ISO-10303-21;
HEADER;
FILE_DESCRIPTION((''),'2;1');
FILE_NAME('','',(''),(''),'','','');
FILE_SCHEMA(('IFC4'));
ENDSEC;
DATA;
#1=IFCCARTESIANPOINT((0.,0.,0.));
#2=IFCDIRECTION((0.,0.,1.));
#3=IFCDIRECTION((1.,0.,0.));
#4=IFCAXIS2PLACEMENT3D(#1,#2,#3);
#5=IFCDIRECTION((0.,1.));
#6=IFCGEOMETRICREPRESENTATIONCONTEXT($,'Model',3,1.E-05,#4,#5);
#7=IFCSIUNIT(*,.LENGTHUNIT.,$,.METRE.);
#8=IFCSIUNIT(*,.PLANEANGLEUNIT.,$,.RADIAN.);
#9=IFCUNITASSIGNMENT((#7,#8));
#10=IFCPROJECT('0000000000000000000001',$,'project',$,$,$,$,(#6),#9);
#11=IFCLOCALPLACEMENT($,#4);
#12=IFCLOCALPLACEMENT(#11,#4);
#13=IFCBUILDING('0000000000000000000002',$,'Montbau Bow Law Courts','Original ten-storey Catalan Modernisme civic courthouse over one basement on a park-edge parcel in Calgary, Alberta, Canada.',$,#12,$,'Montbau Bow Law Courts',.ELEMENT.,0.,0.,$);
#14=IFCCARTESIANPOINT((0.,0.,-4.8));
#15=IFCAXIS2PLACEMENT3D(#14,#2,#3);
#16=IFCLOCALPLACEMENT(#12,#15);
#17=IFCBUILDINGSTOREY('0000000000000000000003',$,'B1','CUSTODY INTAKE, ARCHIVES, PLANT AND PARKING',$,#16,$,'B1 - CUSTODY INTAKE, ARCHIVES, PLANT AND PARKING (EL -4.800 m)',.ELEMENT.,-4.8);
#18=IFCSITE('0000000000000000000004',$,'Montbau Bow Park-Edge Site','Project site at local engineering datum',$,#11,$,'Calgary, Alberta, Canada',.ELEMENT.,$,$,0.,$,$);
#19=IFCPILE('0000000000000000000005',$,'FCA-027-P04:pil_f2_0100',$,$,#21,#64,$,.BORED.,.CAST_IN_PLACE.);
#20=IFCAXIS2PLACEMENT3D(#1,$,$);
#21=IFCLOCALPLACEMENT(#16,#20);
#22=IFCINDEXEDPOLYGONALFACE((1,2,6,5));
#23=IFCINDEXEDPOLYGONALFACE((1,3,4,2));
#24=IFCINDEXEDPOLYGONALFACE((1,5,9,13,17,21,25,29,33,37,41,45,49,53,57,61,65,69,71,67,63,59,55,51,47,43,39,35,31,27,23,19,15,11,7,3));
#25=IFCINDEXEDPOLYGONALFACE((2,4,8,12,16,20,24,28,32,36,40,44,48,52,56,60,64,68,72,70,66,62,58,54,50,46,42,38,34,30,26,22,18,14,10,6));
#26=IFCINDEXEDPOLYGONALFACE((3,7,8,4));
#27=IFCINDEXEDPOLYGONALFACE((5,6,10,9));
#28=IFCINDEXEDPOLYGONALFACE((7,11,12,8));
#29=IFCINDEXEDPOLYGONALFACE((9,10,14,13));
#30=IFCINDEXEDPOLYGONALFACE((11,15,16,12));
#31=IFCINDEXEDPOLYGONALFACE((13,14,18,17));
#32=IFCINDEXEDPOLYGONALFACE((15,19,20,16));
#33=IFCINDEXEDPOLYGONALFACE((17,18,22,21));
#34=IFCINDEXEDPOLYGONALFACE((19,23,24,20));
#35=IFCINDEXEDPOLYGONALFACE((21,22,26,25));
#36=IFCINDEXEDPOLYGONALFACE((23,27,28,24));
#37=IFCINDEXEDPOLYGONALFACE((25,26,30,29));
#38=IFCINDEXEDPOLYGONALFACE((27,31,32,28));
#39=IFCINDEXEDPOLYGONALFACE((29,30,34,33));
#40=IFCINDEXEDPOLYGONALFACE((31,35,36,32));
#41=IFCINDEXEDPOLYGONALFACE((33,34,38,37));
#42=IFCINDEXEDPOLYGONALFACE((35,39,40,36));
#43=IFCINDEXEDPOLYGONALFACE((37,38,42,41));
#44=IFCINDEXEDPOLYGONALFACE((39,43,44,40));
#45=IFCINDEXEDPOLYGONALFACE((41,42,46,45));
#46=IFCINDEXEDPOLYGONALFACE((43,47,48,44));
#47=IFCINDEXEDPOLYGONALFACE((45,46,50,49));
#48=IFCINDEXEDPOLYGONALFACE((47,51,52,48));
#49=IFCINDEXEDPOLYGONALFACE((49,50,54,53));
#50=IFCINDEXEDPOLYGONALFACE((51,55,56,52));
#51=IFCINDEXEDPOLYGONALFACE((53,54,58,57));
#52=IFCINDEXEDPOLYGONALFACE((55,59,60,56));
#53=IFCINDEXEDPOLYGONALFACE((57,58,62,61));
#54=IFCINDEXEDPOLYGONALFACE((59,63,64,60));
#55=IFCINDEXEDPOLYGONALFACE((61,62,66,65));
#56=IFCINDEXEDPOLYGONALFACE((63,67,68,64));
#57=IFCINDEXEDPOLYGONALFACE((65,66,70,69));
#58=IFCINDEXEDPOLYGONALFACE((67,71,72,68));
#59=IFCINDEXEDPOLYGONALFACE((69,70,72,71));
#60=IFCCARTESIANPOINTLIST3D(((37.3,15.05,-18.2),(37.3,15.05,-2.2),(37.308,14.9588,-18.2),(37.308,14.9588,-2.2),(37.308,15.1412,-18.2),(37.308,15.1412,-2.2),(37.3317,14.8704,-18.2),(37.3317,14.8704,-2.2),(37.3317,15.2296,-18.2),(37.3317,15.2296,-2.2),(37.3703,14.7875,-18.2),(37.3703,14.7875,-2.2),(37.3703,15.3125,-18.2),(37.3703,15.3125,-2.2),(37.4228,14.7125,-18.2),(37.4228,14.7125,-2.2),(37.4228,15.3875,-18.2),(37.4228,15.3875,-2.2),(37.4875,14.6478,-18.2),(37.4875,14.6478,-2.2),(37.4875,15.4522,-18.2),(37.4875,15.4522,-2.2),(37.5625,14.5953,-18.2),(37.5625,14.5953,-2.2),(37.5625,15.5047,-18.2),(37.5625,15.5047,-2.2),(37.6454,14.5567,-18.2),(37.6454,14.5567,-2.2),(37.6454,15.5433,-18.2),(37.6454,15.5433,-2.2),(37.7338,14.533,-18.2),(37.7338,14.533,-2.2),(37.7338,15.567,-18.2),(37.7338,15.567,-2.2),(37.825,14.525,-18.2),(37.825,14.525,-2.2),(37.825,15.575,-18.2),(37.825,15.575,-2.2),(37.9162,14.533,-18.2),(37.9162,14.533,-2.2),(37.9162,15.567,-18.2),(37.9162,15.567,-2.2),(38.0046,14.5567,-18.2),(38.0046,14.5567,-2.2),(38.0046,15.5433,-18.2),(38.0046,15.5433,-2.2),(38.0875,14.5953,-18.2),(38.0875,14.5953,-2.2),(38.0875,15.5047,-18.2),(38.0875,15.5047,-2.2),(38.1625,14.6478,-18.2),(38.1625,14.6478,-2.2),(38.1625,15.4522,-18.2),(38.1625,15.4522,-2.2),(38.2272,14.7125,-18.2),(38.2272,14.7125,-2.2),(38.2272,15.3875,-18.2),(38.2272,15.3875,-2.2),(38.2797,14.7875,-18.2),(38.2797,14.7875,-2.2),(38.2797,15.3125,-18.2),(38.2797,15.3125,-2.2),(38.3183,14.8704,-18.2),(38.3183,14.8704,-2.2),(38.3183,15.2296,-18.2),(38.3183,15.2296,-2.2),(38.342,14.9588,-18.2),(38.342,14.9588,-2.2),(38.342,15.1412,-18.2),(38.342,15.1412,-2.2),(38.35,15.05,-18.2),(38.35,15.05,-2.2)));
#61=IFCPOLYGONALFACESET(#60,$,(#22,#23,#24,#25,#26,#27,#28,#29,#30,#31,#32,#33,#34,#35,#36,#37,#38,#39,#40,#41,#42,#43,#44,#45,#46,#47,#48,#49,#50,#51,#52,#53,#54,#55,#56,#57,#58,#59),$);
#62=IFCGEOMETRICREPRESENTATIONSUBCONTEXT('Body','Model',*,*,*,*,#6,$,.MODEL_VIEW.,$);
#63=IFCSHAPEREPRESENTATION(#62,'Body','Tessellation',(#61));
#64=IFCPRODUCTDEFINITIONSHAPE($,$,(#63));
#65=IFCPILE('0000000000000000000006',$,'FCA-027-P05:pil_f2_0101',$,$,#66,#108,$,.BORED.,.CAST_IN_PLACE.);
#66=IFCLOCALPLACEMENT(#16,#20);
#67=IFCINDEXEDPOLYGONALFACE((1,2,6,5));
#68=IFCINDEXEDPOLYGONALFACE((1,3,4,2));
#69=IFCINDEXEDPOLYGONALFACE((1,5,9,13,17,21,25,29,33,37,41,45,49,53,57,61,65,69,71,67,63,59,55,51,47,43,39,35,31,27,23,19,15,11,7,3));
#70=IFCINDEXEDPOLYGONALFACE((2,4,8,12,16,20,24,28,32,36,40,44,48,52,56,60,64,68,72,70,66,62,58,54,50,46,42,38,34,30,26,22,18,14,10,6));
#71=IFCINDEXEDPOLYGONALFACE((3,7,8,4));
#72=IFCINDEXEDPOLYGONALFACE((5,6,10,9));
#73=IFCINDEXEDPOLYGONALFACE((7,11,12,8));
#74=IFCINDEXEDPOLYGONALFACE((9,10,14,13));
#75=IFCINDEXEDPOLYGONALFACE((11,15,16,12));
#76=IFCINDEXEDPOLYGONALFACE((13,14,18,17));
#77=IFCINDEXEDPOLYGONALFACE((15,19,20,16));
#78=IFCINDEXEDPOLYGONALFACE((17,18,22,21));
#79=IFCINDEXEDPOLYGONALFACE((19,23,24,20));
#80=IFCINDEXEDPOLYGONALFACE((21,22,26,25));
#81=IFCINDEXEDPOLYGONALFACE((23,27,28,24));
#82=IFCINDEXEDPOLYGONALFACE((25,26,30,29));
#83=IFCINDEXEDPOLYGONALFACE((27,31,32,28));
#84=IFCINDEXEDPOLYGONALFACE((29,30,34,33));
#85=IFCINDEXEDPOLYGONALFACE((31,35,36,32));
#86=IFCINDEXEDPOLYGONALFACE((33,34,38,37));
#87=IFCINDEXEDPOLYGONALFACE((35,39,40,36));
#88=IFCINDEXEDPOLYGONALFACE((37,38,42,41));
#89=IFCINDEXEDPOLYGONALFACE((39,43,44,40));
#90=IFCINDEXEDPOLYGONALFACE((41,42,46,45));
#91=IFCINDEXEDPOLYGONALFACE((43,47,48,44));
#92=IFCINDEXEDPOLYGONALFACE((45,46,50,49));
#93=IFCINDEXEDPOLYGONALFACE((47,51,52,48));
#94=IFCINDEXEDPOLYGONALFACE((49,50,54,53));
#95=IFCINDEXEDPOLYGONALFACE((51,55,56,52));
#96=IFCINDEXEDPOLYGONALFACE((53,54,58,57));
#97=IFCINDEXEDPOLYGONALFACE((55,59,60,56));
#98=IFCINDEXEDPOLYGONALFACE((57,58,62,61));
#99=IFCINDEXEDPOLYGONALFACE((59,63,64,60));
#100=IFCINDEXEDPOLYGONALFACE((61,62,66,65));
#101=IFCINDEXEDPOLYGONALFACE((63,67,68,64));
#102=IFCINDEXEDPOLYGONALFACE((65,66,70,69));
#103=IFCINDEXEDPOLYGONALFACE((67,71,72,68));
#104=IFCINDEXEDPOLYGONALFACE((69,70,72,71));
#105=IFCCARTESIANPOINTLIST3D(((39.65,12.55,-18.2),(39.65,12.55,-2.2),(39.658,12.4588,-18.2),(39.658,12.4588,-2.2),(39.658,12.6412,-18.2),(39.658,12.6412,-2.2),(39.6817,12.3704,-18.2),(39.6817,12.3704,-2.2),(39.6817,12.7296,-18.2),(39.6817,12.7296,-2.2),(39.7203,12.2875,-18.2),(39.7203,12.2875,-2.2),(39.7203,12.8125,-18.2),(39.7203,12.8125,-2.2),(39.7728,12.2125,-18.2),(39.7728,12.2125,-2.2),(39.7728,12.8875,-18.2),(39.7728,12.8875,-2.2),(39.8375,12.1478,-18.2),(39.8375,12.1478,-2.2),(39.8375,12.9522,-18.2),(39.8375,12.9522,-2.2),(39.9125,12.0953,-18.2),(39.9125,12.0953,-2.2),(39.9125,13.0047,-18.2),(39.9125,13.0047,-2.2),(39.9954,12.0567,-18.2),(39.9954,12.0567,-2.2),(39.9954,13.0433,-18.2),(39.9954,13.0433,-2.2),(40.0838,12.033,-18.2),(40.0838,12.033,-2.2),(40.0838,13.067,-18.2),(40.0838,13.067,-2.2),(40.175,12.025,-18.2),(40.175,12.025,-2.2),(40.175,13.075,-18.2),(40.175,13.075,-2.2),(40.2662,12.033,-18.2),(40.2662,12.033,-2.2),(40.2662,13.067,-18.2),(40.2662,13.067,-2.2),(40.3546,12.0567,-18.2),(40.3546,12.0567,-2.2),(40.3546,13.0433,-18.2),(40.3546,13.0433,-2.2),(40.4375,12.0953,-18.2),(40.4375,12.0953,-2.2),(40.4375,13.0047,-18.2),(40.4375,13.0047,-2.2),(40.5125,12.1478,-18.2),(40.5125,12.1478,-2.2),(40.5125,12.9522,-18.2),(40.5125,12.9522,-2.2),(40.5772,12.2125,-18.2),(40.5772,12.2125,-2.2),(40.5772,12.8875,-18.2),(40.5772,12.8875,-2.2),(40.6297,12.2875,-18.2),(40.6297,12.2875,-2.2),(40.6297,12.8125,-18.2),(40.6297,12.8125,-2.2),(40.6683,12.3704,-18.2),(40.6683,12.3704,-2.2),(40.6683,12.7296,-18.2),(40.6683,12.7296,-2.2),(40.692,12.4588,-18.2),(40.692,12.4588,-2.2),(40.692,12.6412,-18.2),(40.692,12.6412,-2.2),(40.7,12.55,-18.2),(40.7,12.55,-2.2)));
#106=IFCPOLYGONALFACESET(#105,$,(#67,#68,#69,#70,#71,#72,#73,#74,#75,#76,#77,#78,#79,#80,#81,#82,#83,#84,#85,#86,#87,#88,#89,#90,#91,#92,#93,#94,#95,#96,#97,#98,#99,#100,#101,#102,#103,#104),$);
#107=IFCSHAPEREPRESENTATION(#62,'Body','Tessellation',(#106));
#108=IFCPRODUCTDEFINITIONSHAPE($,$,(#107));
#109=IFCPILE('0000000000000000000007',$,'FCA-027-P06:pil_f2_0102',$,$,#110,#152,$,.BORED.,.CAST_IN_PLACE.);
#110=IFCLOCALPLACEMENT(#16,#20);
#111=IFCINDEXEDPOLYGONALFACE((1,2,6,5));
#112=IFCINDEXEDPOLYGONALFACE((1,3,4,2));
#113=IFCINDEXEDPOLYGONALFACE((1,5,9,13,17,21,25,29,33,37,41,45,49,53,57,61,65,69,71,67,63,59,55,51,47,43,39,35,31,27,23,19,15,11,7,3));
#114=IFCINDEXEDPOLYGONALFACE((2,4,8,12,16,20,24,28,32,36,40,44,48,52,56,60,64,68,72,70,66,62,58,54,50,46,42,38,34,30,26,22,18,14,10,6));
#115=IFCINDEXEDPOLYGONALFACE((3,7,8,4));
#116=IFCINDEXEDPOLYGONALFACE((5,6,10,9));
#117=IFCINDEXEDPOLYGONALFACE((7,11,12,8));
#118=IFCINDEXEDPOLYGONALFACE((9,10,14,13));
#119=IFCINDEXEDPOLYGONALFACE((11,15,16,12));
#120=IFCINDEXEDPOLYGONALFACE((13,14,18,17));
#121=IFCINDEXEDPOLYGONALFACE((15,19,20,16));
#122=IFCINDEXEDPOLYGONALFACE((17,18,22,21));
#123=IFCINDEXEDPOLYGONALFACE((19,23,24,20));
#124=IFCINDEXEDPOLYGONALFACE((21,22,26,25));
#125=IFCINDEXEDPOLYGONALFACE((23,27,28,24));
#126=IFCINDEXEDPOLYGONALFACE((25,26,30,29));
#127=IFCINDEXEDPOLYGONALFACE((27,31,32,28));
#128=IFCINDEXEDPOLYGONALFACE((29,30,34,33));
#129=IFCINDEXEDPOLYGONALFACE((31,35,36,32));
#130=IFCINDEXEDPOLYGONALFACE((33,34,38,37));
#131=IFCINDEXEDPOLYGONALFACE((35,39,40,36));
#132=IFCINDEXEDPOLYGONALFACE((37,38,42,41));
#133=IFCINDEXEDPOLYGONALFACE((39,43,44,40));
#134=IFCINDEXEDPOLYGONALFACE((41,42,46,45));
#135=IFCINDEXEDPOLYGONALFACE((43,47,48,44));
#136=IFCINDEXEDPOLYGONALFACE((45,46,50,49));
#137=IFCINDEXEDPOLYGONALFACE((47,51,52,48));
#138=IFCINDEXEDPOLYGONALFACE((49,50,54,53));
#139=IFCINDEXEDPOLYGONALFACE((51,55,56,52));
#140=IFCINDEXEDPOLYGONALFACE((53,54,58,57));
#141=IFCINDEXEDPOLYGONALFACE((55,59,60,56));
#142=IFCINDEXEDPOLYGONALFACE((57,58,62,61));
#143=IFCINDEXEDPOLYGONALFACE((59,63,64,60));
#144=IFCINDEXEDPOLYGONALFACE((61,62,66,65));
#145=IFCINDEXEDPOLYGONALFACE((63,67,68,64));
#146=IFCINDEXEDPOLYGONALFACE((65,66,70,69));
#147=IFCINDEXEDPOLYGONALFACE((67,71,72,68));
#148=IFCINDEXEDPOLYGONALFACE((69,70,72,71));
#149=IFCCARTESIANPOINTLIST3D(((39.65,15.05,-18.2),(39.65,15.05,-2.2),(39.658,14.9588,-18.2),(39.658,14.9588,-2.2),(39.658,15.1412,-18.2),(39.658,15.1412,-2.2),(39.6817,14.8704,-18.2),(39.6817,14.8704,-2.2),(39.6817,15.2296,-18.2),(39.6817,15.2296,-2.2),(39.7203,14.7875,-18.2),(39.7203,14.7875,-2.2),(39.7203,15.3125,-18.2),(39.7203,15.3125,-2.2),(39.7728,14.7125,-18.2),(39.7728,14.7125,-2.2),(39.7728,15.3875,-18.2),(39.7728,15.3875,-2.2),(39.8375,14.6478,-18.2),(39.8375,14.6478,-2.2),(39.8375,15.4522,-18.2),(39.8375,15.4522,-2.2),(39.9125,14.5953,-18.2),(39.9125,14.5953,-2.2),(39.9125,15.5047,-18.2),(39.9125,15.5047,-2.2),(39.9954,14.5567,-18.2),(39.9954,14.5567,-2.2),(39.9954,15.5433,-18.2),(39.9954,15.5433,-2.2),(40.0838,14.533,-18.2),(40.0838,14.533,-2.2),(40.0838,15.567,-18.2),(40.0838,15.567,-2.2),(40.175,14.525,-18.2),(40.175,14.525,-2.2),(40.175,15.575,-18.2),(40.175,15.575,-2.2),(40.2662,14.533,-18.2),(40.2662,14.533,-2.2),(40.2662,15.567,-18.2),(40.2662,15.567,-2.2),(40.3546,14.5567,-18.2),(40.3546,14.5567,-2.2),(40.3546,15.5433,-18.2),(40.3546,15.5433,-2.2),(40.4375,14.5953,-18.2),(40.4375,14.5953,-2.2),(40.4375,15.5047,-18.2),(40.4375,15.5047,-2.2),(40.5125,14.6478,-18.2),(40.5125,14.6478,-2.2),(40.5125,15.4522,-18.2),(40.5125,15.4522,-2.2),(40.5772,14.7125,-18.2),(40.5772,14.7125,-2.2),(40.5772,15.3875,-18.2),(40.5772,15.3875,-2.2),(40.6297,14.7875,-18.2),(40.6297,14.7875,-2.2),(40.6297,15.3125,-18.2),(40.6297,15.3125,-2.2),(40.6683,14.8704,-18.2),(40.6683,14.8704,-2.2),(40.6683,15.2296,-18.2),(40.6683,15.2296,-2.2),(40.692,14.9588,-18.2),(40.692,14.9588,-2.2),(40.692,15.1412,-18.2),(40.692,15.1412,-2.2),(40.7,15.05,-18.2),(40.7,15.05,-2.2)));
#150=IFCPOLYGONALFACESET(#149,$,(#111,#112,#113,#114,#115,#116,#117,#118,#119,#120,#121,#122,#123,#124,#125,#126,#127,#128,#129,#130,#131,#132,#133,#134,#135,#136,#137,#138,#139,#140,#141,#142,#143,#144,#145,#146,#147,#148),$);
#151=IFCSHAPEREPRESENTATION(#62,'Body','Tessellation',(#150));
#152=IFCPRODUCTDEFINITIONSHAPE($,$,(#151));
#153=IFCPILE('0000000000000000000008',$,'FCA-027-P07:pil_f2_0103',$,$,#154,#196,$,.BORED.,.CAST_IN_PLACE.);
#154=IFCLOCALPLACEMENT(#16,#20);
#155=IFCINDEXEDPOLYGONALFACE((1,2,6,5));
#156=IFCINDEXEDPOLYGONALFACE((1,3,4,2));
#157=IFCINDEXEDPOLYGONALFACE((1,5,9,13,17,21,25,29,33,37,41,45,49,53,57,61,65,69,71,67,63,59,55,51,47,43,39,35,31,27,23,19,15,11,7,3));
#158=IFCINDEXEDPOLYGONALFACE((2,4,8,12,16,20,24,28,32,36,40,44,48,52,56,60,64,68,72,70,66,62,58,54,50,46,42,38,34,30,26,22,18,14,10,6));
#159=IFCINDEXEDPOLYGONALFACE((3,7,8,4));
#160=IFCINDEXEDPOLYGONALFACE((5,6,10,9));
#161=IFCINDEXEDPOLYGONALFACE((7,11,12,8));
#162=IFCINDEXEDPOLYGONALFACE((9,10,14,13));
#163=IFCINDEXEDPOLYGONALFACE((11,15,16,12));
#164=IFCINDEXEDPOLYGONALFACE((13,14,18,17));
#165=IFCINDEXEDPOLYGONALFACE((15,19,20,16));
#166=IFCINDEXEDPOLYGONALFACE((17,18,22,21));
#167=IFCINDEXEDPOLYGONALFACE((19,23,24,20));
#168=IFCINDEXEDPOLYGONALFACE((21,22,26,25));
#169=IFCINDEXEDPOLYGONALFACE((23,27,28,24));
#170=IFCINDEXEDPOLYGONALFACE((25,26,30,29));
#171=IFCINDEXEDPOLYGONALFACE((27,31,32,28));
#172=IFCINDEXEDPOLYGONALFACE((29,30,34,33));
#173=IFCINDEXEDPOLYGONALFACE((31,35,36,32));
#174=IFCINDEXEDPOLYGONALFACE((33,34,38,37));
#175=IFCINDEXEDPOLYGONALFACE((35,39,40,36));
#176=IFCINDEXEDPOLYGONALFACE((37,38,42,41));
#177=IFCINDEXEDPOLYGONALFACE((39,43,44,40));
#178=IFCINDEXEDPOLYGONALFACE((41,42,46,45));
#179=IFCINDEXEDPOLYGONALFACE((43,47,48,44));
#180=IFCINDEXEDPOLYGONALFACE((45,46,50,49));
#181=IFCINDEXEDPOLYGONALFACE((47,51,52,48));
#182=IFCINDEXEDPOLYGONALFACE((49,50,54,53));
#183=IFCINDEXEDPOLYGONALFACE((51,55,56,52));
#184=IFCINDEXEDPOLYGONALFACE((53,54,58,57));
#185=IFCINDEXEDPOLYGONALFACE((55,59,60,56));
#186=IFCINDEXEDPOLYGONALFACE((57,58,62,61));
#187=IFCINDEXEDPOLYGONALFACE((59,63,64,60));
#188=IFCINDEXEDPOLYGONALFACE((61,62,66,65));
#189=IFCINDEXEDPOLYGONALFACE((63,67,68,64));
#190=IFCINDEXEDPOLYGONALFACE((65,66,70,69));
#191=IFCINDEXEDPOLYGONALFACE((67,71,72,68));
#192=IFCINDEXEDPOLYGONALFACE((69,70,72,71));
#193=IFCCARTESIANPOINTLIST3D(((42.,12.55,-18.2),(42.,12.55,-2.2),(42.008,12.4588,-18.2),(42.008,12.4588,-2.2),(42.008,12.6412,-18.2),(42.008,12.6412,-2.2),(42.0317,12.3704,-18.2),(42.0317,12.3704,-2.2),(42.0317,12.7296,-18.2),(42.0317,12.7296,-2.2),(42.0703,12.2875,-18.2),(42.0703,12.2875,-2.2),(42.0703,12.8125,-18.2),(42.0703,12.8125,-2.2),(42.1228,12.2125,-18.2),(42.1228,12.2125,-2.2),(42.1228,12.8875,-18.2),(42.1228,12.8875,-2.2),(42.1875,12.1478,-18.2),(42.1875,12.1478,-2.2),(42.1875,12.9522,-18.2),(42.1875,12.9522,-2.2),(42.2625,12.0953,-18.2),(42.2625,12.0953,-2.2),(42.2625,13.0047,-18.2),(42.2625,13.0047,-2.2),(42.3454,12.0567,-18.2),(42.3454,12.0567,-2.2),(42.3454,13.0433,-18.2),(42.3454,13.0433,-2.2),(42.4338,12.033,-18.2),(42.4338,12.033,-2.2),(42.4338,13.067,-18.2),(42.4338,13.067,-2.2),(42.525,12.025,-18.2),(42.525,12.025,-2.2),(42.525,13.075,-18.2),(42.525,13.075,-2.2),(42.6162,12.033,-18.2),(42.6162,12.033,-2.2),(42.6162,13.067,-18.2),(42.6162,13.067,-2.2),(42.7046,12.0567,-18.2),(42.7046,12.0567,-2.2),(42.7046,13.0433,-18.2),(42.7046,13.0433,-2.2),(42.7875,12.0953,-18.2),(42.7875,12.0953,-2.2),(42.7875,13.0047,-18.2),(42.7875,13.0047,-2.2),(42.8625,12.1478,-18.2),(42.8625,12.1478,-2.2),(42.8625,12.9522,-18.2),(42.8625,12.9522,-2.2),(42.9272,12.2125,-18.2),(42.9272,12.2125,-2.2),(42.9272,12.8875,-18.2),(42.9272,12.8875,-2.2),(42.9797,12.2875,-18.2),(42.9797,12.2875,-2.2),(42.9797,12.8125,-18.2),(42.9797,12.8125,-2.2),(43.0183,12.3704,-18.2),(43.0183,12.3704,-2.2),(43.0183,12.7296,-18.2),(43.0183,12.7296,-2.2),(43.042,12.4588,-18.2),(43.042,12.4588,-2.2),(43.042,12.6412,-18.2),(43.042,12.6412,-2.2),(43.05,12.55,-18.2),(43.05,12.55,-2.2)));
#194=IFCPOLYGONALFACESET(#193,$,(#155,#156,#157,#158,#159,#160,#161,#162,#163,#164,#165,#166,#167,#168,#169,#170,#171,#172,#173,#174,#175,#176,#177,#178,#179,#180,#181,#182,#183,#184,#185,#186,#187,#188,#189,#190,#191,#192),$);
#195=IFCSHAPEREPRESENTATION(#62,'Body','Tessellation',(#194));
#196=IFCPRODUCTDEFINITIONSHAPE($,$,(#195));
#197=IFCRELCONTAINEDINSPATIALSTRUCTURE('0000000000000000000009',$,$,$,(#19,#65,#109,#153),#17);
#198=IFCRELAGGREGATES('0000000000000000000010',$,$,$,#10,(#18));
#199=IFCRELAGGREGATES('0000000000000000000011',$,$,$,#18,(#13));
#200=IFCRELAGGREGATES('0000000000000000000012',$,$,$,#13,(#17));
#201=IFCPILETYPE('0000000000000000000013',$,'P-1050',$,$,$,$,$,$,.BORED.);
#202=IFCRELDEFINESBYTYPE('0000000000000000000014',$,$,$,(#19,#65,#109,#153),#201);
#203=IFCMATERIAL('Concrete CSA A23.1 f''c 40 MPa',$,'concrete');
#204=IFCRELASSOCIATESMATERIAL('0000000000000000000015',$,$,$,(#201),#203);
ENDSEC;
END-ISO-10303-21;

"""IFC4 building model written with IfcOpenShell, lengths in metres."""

from ifc_helpers import new_model, si_unit, direction, frame, origin_with_axes, origin_2d_with_axis, place, context, subcontext, project, spatial, circle, extrude, material, material_profile, profile_set, type_object, element, save


model = new_model("IFC4")

# Units and contexts
model_context = context("Model", 3, precision=1e-05, world=origin_with_axes(), true_north=direction((0.0, 1.0)))
body_context = subcontext(model_context, "Body", "Model", "MODEL_VIEW")
ifc_project = project(units=[si_unit("LENGTHUNIT", "METRE"), si_unit("PLANEANGLEUNIT", "RADIAN")], contexts=[model_context])

# Site, building, storey
site_placement = place(None, origin_with_axes())
site = spatial("IfcSite", under=ifc_project, at=site_placement, Name="Montbau Bow Park-Edge Site", Description="Project site at local engineering datum", LongName="Calgary, Alberta, Canada", CompositionType="ELEMENT", RefElevation=0.0)
building_placement = place(site_placement, origin_with_axes())
building = spatial("IfcBuilding", under=site, at=building_placement, Name="Montbau Bow Law Courts", Description="Original ten-storey Catalan Modernisme civic courthouse over one basement on a park-edge parcel in Calgary, Alberta, Canada.", LongName="Montbau Bow Law Courts", CompositionType="ELEMENT", ElevationOfRefHeight=0.0, ElevationOfTerrain=0.0)
storey_placement = place(building_placement, frame((0.0, 0.0, -4.8), z_axis=(0.0, 0.0, 1.0), x_axis=(1.0, 0.0, 0.0)))
storey = spatial("IfcBuildingStorey", under=building, at=storey_placement, Name="B1", Description="CUSTODY INTAKE, ARCHIVES, PLANT AND PARKING", LongName="B1 - CUSTODY INTAKE, ARCHIVES, PLANT AND PARKING (EL -4.800 m)", CompositionType="ELEMENT", Elevation=-4.8)

# Piles
ifc_material_1 = material(Name="Concrete CSA A23.1 f'c 40 MPa", Category="concrete")
ifc_material_profile_1 = material_profile(ifc_material_1, circle(Radius=0.525, at=origin_2d_with_axis()), Name="BP1050", Category="Main", Priority=0)
ifc_profile_set_1 = profile_set([ifc_material_profile_1], Name="Concrete CSA A23.1 f'c 40 MPa")
pile_type_1 = type_object("IfcPileType", Name="P-1050", PredefinedType="BORED", material=ifc_profile_set_1)
for number, where, z_axis, x_axis, name in (
    (1, (37.825, 15.05, -23.0), (0.0, 0.0, 1.0), (1.0, 0.0, 0.0), "FCA-027-P04:pil_f2_0100"),
    (2, (40.175, 12.55, -23.0), (0.0, 0.0, 1.0), (1.0, 0.0, 0.0), "FCA-027-P05:pil_f2_0101"),
    (3, (40.175, 15.05, -23.0), (0.0, 0.0, 1.0), (1.0, 0.0, 0.0), "FCA-027-P06:pil_f2_0102"),
    (4, (42.525, 12.55, -23.0), (0.0, 0.0, 1.0), (1.0, 0.0, 0.0), "FCA-027-P07:pil_f2_0103"),
):
    element("IfcPile", number, at=place(None, frame(where, z_axis=z_axis, x_axis=x_axis)), inside=storey, type_object=pile_type_1, Name=name, ConstructionType="CAST_IN_PLACE", PredefinedType="BORED", context=body_context, shape_type="SweptSolid", body=[
        extrude(circle(Radius=0.525, at=origin_2d_with_axis()), origin_with_axes(), (0.0, 0.0, 1.0), 16.0),
    ])

save(model, "model.ifc")
